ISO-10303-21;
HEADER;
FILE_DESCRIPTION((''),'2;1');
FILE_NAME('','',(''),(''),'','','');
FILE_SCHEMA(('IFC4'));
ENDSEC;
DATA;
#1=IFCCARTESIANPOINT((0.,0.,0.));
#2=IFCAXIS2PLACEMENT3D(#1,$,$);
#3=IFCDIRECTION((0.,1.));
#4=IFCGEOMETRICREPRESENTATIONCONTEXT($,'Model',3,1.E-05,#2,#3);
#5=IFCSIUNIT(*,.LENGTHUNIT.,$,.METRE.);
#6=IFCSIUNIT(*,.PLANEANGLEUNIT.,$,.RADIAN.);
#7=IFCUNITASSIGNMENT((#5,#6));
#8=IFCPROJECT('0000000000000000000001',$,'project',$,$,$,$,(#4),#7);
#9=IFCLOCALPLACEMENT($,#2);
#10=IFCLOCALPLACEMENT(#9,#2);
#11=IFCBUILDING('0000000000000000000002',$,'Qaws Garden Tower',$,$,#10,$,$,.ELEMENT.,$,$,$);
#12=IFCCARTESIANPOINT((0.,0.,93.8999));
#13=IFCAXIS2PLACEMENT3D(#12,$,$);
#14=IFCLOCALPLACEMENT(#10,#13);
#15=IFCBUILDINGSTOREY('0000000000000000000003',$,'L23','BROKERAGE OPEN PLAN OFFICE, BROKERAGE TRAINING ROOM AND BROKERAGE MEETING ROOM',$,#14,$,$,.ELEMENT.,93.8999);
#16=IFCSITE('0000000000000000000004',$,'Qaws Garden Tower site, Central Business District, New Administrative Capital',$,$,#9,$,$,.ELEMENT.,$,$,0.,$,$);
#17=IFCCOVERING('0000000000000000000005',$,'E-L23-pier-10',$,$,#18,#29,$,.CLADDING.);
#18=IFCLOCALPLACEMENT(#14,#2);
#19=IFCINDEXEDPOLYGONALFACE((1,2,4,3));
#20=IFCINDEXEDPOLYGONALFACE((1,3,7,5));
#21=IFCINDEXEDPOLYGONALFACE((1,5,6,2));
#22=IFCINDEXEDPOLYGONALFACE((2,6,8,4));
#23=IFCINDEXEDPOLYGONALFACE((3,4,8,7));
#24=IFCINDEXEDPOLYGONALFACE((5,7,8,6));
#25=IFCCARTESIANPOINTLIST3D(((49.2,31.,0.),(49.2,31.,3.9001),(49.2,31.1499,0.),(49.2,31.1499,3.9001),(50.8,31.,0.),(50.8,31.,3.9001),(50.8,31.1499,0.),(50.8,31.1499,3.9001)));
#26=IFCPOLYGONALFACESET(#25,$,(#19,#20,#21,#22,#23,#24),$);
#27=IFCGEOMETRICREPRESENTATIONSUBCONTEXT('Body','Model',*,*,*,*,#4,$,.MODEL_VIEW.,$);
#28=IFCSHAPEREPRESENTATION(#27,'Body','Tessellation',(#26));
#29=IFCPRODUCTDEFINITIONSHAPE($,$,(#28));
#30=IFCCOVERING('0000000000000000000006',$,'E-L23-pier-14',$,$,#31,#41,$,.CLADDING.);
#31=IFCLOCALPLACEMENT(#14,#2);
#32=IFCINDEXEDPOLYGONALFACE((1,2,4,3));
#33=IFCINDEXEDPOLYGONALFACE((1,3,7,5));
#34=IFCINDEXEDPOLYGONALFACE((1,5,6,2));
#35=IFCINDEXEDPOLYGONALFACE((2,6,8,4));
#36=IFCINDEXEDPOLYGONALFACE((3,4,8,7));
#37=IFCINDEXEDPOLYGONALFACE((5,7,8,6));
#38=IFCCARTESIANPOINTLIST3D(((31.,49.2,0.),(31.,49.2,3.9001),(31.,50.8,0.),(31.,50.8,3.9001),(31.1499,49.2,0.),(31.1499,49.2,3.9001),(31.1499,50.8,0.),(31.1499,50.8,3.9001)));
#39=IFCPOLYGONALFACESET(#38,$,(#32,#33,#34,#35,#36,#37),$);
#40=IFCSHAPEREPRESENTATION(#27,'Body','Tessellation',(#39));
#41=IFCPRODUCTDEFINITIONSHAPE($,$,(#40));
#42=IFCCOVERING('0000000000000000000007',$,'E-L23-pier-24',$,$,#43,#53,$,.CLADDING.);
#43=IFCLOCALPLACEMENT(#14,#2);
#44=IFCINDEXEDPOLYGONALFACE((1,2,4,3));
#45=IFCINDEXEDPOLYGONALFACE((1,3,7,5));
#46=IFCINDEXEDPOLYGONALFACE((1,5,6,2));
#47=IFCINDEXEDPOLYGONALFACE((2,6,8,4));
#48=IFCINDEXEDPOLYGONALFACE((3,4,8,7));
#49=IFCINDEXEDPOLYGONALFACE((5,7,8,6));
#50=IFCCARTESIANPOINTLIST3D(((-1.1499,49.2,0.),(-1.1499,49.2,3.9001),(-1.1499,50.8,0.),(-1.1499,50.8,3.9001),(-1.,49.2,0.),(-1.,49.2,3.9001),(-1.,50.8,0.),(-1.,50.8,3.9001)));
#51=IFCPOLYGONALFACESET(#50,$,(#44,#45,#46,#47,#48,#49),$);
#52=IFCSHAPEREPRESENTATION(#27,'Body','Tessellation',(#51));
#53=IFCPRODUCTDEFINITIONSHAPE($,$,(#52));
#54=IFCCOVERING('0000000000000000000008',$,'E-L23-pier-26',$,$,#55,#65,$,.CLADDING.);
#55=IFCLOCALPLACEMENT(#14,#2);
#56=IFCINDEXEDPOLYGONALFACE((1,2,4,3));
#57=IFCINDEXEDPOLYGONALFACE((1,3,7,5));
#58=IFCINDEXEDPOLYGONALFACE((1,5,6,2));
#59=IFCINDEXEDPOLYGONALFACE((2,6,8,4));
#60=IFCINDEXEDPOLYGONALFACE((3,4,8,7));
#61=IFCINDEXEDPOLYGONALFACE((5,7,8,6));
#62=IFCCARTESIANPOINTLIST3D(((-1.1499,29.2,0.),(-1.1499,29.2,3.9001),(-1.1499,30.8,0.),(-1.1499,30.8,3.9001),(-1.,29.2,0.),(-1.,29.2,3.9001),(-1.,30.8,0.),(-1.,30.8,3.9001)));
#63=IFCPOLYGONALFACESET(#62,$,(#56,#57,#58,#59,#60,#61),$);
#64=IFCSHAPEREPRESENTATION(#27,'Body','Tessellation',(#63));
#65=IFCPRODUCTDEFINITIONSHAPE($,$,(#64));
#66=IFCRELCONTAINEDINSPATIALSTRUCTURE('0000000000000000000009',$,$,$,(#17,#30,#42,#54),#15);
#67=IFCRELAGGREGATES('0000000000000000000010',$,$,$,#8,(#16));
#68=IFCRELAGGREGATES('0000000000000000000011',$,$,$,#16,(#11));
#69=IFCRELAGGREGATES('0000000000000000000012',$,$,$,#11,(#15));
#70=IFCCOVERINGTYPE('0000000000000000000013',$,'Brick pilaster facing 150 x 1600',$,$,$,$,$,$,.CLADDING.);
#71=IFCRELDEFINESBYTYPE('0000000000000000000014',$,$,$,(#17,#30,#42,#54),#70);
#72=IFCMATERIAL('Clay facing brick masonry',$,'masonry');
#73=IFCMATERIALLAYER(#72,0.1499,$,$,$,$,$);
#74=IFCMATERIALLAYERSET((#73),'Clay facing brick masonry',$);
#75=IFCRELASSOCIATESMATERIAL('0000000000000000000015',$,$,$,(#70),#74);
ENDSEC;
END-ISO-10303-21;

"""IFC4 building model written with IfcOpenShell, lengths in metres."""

from ifc_helpers import new_model, si_unit, direction, frame, origin, place, context, subcontext, project, spatial, polyline, outline, extrude, material, layer, layer_set, type_object, element, save


model = new_model("IFC4")

# Units and contexts
model_context = context("Model", 3, precision=1e-05, world=origin(), true_north=direction((0.0, 1.0)))
body_context = subcontext(model_context, "Body", "Model", "MODEL_VIEW")
ifc_project = project(units=[si_unit("LENGTHUNIT", "METRE"), si_unit("PLANEANGLEUNIT", "RADIAN")], contexts=[model_context])

# Site, building, storey
site_placement = place(None, origin())
site = spatial("IfcSite", under=ifc_project, at=site_placement, Name="Qaws Garden Tower site, Central Business District, New Administrative Capital", CompositionType="ELEMENT", RefElevation=0.0)
building_placement = place(site_placement, origin())
building = spatial("IfcBuilding", under=site, at=building_placement, Name="Qaws Garden Tower", CompositionType="ELEMENT")
storey_placement = place(building_placement, frame((0.0, 0.0, 93.8999)))
storey = spatial("IfcBuildingStorey", under=building, at=storey_placement, Name="L23", Description="BROKERAGE OPEN PLAN OFFICE, BROKERAGE TRAINING ROOM AND BROKERAGE MEETING ROOM", CompositionType="ELEMENT", Elevation=93.8999)

# Shared definitions
placement = place(storey_placement, origin())

# Coverings
ifc_material_1 = material(Name="Clay facing brick masonry", Category="masonry")
ifc_layer_1 = layer(ifc_material_1, 0.1499)
ifc_layer_set_1 = layer_set([ifc_layer_1], Name="Clay facing brick masonry")
covering_type = type_object("IfcCoveringType", Name="Brick pilaster facing 150 x 1600", PredefinedType="CLADDING", material=ifc_layer_set_1)
element("IfcCovering", 1, at=placement, inside=storey, type_object=covering_type, Name="E-L23-pier-10", PredefinedType="CLADDING", context=body_context, shape_type="SweptSolid", body=[
    extrude(outline(polyline([(50.8, 31.0), (49.2, 31.0), (49.2, 31.1499), (50.8, 31.1499), (50.8, 31.0)])), origin(), (0.0, 0.0, 1.0), 3.9001),
])
element("IfcCovering", 2, at=placement, inside=storey, type_object=covering_type, Name="E-L23-pier-14", PredefinedType="CLADDING", context=body_context, shape_type="SweptSolid", body=[
    extrude(outline(polyline([(31.0, 49.2), (31.0, 50.8), (31.1499, 50.8), (31.1499, 49.2), (31.0, 49.2)])), origin(), (0.0, 0.0, 1.0), 3.9001),
])
element("IfcCovering", 3, at=placement, inside=storey, type_object=covering_type, Name="E-L23-pier-24", PredefinedType="CLADDING", context=body_context, shape_type="SweptSolid", body=[
    extrude(outline(polyline([(-1.0, 50.8), (-1.0, 49.2), (-1.1499, 49.2), (-1.1499, 50.8), (-1.0, 50.8)])), origin(), (0.0, 0.0, 1.0), 3.9001),
])
element("IfcCovering", 4, at=placement, inside=storey, type_object=covering_type, Name="E-L23-pier-26", PredefinedType="CLADDING", context=body_context, shape_type="SweptSolid", body=[
    extrude(outline(polyline([(-1.0, 30.8), (-1.0, 29.2), (-1.1499, 29.2), (-1.1499, 30.8), (-1.0, 30.8)])), origin(), (0.0, 0.0, 1.0), 3.9001),
])

save(model, "model.ifc")
